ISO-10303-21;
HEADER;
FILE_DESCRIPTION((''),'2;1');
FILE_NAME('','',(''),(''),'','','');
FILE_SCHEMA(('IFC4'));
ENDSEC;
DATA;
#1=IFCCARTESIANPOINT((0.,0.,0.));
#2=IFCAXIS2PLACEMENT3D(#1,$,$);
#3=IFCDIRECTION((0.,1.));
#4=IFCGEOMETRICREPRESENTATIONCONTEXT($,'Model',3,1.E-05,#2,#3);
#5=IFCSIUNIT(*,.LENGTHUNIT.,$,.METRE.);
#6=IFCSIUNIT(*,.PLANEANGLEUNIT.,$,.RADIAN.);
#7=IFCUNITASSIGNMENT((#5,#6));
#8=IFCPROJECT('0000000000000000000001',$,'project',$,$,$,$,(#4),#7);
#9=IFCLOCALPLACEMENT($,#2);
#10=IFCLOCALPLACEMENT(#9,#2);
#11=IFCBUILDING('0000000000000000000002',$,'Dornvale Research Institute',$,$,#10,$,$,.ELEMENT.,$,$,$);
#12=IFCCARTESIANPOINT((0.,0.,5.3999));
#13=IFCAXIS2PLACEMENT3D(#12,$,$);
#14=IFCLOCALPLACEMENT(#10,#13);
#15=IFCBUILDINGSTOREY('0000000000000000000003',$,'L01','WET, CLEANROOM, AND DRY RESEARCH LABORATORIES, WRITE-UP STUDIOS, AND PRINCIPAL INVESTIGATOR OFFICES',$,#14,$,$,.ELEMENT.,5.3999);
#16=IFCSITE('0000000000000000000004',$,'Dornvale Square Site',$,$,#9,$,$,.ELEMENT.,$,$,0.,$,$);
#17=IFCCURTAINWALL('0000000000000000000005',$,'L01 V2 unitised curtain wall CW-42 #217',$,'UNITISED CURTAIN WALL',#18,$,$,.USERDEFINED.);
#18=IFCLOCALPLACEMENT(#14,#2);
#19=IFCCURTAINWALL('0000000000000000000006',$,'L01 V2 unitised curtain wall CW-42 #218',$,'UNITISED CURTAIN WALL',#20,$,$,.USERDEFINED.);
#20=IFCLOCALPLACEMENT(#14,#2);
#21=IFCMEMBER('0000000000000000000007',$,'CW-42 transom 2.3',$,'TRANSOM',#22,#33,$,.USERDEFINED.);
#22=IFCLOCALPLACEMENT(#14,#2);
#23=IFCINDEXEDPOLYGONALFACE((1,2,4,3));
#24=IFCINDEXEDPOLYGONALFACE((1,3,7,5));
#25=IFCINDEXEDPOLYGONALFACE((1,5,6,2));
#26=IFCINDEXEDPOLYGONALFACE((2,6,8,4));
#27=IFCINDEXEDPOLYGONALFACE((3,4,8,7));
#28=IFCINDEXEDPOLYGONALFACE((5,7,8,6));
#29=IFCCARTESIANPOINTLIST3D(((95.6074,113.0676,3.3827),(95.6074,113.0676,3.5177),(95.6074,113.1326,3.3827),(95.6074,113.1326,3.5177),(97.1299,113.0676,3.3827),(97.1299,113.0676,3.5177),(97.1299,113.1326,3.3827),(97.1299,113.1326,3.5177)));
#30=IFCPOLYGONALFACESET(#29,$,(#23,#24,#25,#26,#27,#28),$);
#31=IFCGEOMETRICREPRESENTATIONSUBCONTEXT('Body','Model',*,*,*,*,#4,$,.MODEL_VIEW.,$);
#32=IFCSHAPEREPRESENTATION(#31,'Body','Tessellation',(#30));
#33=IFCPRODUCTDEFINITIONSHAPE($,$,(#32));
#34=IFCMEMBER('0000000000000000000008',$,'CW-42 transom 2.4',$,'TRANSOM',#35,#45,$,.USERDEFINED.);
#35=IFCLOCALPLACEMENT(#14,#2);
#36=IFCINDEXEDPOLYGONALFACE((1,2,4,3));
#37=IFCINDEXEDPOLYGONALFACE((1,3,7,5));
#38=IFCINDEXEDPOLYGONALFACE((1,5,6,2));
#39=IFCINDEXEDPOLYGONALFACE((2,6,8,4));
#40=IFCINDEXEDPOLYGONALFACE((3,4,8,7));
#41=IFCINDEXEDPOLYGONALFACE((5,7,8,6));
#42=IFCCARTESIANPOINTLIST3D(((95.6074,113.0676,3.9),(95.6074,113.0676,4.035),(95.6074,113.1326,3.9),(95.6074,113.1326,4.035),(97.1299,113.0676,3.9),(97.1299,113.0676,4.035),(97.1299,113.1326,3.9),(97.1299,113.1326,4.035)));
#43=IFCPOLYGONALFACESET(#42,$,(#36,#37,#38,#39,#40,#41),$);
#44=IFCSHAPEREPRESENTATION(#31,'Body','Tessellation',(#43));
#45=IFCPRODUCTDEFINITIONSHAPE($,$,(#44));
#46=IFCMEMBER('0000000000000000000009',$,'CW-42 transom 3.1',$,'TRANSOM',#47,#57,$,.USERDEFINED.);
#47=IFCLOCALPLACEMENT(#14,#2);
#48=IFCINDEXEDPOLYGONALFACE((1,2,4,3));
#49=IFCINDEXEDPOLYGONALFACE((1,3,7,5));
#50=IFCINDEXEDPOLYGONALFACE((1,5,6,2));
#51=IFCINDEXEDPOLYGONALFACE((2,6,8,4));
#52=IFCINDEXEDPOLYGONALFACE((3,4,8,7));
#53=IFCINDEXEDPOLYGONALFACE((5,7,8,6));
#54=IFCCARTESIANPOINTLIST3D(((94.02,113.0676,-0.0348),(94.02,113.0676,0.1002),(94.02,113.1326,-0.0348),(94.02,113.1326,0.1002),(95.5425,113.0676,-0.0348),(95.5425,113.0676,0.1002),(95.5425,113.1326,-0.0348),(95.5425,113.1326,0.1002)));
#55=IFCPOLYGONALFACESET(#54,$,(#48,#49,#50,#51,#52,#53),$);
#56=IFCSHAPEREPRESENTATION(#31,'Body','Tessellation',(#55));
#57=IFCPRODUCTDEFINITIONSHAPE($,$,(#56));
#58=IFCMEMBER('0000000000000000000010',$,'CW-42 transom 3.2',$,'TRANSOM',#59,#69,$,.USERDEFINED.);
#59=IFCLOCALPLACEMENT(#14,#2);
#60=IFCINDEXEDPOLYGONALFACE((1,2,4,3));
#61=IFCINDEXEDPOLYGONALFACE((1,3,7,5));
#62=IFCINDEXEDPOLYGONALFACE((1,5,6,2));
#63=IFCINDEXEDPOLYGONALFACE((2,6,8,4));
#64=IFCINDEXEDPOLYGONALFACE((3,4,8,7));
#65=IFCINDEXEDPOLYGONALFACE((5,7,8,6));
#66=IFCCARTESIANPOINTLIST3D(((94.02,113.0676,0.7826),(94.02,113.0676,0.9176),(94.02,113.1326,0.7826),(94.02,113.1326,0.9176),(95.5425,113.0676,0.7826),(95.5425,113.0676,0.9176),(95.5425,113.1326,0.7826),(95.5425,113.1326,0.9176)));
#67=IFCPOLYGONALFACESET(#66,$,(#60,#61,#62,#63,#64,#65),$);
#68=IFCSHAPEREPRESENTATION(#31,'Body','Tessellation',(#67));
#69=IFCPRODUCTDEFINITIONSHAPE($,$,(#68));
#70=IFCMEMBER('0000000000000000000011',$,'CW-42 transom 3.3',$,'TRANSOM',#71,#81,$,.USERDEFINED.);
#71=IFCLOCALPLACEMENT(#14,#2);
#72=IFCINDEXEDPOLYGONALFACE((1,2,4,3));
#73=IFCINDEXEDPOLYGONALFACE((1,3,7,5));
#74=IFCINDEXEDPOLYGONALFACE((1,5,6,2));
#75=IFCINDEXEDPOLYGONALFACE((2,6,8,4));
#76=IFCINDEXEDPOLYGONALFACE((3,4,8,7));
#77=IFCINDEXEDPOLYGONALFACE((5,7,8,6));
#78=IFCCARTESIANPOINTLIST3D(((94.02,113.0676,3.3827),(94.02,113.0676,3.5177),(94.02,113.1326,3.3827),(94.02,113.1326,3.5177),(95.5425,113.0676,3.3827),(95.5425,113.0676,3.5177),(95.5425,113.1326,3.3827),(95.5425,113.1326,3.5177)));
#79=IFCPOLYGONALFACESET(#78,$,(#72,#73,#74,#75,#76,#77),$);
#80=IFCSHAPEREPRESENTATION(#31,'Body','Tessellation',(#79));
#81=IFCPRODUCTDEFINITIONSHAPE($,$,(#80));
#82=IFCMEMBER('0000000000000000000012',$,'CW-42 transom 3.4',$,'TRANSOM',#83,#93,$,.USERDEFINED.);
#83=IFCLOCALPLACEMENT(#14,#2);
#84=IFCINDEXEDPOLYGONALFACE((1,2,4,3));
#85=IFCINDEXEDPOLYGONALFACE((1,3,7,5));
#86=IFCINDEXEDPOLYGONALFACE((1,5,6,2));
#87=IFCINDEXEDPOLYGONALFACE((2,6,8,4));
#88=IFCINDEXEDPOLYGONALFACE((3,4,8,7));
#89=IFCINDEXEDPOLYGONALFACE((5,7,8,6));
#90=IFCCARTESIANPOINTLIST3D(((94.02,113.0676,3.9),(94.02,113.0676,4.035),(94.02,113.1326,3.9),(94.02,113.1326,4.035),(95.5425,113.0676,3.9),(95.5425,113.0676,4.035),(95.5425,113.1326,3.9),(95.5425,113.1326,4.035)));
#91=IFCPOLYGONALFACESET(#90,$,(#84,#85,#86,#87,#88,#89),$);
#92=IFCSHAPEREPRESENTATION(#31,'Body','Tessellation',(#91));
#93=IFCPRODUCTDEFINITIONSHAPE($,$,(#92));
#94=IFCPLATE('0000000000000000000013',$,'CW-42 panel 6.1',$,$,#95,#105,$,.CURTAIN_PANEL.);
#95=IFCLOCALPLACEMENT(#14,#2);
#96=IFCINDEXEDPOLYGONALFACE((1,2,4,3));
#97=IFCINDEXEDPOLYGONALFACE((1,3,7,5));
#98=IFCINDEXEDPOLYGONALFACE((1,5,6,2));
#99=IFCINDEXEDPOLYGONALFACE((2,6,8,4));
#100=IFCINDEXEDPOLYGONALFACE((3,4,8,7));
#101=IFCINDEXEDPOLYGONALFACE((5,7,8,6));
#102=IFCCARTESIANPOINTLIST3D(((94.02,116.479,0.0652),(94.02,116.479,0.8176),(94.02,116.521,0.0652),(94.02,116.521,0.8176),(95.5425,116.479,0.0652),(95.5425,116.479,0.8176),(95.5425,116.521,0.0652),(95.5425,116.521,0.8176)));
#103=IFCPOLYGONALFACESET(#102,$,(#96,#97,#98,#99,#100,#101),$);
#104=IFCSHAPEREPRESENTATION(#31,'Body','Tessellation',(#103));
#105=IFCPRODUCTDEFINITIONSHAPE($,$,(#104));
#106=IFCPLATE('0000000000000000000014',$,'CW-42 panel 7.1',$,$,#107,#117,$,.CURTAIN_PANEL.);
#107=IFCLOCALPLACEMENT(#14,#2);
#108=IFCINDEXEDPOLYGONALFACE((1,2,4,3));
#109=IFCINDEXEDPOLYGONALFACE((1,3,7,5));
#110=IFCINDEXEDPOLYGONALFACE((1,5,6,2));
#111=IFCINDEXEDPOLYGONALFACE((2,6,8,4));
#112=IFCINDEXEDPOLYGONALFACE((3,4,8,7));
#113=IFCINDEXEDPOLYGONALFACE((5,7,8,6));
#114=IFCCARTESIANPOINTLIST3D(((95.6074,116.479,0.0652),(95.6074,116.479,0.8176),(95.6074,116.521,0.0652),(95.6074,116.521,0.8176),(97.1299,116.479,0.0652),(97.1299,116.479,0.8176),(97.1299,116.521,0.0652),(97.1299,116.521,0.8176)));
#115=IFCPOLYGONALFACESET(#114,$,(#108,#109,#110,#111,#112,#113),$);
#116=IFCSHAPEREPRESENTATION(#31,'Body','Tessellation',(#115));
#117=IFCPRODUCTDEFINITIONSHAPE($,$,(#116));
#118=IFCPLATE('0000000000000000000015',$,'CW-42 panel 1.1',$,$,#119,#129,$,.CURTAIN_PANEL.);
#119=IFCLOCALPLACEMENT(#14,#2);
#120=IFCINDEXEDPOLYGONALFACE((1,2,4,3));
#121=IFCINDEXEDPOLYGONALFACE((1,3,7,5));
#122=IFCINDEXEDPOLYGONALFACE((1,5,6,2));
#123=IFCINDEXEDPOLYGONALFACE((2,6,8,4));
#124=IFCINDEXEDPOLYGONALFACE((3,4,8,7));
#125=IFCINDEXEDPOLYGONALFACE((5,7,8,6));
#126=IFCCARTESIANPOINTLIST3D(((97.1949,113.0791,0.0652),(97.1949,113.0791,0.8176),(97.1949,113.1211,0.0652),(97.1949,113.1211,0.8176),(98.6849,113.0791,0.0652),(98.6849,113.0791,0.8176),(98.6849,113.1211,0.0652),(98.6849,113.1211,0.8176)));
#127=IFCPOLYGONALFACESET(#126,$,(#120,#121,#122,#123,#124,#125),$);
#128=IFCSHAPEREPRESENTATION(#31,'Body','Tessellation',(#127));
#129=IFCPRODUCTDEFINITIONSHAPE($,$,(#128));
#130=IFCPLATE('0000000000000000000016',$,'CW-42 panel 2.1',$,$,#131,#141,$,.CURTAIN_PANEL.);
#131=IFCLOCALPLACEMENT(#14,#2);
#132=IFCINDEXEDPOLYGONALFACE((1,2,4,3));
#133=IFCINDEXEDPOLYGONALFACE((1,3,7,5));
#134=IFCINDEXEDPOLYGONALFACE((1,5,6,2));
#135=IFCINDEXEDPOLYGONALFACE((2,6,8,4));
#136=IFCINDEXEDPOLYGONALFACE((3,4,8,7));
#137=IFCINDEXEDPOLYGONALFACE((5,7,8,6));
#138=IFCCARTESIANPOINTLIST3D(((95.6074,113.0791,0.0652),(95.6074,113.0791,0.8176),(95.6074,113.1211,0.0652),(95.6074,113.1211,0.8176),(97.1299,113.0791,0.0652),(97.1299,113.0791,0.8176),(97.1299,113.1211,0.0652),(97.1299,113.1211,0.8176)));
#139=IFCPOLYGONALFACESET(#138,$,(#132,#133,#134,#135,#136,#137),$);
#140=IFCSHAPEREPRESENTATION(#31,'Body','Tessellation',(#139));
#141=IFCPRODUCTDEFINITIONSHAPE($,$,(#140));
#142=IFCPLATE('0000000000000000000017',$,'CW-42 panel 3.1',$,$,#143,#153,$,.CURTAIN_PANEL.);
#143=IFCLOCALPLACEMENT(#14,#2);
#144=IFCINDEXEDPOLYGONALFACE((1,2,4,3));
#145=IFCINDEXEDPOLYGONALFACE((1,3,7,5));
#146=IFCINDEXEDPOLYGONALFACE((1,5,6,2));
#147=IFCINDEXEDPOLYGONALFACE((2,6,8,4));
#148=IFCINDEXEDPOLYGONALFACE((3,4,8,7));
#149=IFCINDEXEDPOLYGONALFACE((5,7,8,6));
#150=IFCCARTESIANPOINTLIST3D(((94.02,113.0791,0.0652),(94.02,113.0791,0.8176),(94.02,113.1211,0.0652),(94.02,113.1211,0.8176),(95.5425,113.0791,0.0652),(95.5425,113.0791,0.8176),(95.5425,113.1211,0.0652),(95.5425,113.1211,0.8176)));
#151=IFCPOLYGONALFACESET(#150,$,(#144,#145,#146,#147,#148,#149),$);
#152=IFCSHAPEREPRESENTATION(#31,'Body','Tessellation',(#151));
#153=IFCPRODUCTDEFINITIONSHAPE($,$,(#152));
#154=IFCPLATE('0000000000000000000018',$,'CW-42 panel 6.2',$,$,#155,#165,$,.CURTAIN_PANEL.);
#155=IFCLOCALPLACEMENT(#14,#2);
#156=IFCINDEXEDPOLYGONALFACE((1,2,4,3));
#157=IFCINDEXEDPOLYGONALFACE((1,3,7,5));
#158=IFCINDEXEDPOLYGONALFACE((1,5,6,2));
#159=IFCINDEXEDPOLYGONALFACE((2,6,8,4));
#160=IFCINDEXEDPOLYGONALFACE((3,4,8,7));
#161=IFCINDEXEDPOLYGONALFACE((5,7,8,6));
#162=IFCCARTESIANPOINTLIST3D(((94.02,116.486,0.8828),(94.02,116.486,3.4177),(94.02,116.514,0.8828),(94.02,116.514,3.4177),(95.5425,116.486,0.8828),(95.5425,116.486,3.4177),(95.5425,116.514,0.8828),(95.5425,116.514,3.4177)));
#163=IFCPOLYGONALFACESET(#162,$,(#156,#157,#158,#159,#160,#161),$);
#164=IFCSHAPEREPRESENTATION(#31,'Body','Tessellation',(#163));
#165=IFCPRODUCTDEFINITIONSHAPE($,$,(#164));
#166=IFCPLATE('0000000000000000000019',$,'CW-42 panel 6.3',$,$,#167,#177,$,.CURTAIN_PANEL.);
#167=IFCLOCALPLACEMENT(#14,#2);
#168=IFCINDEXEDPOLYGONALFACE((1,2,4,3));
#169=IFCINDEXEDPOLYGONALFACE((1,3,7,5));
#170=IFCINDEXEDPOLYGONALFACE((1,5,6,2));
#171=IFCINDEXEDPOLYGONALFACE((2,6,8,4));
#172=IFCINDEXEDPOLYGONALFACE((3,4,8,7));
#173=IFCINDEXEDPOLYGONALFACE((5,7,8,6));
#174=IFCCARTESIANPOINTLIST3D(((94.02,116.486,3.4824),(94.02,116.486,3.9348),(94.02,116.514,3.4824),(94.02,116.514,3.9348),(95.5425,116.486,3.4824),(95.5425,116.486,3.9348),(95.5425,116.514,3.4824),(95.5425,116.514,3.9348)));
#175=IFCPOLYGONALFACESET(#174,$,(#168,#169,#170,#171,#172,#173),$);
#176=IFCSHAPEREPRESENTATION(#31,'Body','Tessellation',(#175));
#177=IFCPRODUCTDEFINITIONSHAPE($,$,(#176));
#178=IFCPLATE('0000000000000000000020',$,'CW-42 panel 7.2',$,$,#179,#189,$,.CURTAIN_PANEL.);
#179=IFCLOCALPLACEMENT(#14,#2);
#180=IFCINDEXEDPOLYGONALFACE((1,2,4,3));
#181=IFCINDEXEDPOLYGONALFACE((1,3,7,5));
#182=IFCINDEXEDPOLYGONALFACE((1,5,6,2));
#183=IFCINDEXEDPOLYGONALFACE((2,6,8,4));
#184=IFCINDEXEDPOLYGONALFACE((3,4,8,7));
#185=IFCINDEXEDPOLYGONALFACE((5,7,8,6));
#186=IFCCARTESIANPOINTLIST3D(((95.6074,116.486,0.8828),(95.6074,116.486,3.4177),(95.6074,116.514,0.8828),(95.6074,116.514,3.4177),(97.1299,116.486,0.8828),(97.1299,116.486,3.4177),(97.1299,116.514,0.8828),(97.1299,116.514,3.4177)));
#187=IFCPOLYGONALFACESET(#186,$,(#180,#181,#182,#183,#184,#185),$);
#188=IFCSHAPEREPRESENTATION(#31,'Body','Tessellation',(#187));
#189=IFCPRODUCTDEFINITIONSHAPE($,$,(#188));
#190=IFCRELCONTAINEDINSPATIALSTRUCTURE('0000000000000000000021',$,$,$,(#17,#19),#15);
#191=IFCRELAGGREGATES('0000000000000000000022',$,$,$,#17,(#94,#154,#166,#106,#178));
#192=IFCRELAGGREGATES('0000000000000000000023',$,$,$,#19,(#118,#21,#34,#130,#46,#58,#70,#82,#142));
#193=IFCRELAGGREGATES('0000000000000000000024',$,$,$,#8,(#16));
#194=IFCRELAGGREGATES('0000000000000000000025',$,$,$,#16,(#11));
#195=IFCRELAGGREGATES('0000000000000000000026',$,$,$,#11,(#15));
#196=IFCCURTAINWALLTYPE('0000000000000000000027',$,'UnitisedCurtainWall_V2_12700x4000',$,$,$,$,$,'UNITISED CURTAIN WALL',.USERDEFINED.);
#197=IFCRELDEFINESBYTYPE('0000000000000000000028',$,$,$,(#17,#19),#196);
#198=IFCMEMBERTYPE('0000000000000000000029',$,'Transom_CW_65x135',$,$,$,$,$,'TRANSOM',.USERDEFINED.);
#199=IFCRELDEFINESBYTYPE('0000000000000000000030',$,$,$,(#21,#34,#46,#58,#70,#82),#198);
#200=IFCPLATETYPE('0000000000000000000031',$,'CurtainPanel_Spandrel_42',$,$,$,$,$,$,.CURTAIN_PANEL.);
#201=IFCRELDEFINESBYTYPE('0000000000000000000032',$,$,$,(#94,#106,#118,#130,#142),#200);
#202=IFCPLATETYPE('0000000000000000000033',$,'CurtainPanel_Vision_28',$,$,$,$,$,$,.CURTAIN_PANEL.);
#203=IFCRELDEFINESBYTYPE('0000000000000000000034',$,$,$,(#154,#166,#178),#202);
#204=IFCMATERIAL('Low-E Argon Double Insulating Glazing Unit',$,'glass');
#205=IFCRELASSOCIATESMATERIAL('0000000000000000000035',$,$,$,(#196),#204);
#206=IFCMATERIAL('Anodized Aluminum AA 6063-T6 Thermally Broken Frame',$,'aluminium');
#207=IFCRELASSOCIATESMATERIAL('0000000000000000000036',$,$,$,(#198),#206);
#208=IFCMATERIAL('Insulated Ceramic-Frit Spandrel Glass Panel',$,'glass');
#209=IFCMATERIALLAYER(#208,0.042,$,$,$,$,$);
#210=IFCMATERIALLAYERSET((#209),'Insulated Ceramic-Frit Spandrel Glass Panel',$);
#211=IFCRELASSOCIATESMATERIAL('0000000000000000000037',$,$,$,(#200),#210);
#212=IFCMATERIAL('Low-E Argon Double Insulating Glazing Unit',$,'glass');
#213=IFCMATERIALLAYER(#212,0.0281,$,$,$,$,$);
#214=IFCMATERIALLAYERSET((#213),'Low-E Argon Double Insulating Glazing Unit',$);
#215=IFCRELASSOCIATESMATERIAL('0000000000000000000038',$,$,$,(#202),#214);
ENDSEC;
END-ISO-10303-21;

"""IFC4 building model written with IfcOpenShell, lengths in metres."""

from ifc_helpers import new_model, si_unit, direction, frame, origin, origin_2d, place, context, subcontext, project, spatial, rectangle, extrude, material, layer, layer_set, material_profile, profile_set, type_object, element, aggregate, save


model = new_model("IFC4")

# Units and contexts
model_context = context("Model", 3, precision=1e-05, world=origin(), true_north=direction((0.0, 1.0)))
body_context = subcontext(model_context, "Body", "Model", "MODEL_VIEW")
ifc_project = project(units=[si_unit("LENGTHUNIT", "METRE"), si_unit("PLANEANGLEUNIT", "RADIAN")], contexts=[model_context])

# Site, building, storey
site_placement = place(None, origin())
site = spatial("IfcSite", under=ifc_project, at=site_placement, Name="Dornvale Square Site", CompositionType="ELEMENT", RefElevation=0.0)
building_placement = place(site_placement, origin())
building = spatial("IfcBuilding", under=site, at=building_placement, Name="Dornvale Research Institute", CompositionType="ELEMENT")
storey_placement = place(building_placement, frame((0.0, 0.0, 5.3999)))
storey = spatial("IfcBuildingStorey", under=building, at=storey_placement, Name="L01", Description="WET, CLEANROOM, AND DRY RESEARCH LABORATORIES, WRITE-UP STUDIOS, AND PRINCIPAL INVESTIGATOR OFFICES", CompositionType="ELEMENT", Elevation=5.3999)

# Curtain walls
ifc_material_1 = material(Name="Low-E Argon Double Insulating Glazing Unit", Category="glass")
curtain_wall_type = type_object("IfcCurtainWallType", Name="UnitisedCurtainWall_V2_12700x4000", ElementType="UNITISED CURTAIN WALL", PredefinedType="USERDEFINED", material=ifc_material_1)
curtain_wall_1_placement = place(storey_placement, origin())
curtain_wall_1 = element("IfcCurtainWall", 1, at=curtain_wall_1_placement, inside=storey, type_object=curtain_wall_type, Name="L01 V2 unitised curtain wall CW-42 #217", ObjectType="UNITISED CURTAIN WALL", PredefinedType="USERDEFINED")
curtain_wall_2_placement = place(storey_placement, origin())
curtain_wall_2 = element("IfcCurtainWall", 2, at=curtain_wall_2_placement, inside=storey, type_object=curtain_wall_type, Name="L01 V2 unitised curtain wall CW-42 #218", ObjectType="UNITISED CURTAIN WALL", PredefinedType="USERDEFINED")

# Members
ifc_material_2 = material(Name="Anodized Aluminum AA 6063-T6 Thermally Broken Frame", Category="aluminium")
ifc_material_profile_1 = material_profile(ifc_material_2, rectangle(XDim=0.0649, YDim=0.135, at=origin_2d()), Name="ALU TRANSOM 65x135")
ifc_profile_set_1 = profile_set([ifc_material_profile_1], Name="Anodized Aluminum AA 6063-T6 Thermally Broken Frame")
member_type_1 = type_object("IfcMemberType", Name="Transom_CW_65x135", ElementType="TRANSOM", PredefinedType="USERDEFINED", material=ifc_profile_set_1)
member_1_placement = place(storey_placement, frame((97.1299, 113.1001, 3.4502), z_axis=(-1.0, 0.0, 0.0), x_axis=(0.0, -1.0, 0.0)))
member_1 = element("IfcMember", 3, at=member_1_placement, type_object=member_type_1, Name="CW-42 transom 2.3", ObjectType="TRANSOM", PredefinedType="USERDEFINED", context=body_context, shape_type="SweptSolid", body=[
    extrude(rectangle(XDim=0.0649, YDim=0.135, at=origin_2d()), origin(), (0.0, 0.0, 1.0), 1.5225),
])
member_2_placement = place(storey_placement, frame((97.1299, 113.1001, 3.9675), z_axis=(-1.0, 0.0, 0.0), x_axis=(0.0, -1.0, 0.0)))
member_2 = element("IfcMember", 4, at=member_2_placement, type_object=member_type_1, Name="CW-42 transom 2.4", ObjectType="TRANSOM", PredefinedType="USERDEFINED", context=body_context, shape_type="SweptSolid", body=[
    extrude(rectangle(XDim=0.0649, YDim=0.135, at=origin_2d()), origin(), (0.0, 0.0, 1.0), 1.5225),
])
member_3_placement = place(storey_placement, frame((95.5425, 113.1001, 0.0327), z_axis=(-1.0, 0.0, 0.0), x_axis=(0.0, -1.0, 0.0)))
member_3 = element("IfcMember", 5, at=member_3_placement, type_object=member_type_1, Name="CW-42 transom 3.1", ObjectType="TRANSOM", PredefinedType="USERDEFINED", context=body_context, shape_type="SweptSolid", body=[
    extrude(rectangle(XDim=0.0649, YDim=0.135, at=origin_2d()), origin(), (0.0, 0.0, 1.0), 1.5225),
])
member_4_placement = place(storey_placement, frame((95.5425, 113.1001, 0.8501), z_axis=(-1.0, 0.0, 0.0), x_axis=(0.0, -1.0, 0.0)))
member_4 = element("IfcMember", 6, at=member_4_placement, type_object=member_type_1, Name="CW-42 transom 3.2", ObjectType="TRANSOM", PredefinedType="USERDEFINED", context=body_context, shape_type="SweptSolid", body=[
    extrude(rectangle(XDim=0.0649, YDim=0.135, at=origin_2d()), origin(), (0.0, 0.0, 1.0), 1.5225),
])
member_5_placement = place(storey_placement, frame((95.5425, 113.1001, 3.4502), z_axis=(-1.0, 0.0, 0.0), x_axis=(0.0, -1.0, 0.0)))
member_5 = element("IfcMember", 7, at=member_5_placement, type_object=member_type_1, Name="CW-42 transom 3.3", ObjectType="TRANSOM", PredefinedType="USERDEFINED", context=body_context, shape_type="SweptSolid", body=[
    extrude(rectangle(XDim=0.0649, YDim=0.135, at=origin_2d()), origin(), (0.0, 0.0, 1.0), 1.5225),
])
member_6_placement = place(storey_placement, frame((95.5425, 113.1001, 3.9675), z_axis=(-1.0, 0.0, 0.0), x_axis=(0.0, -1.0, 0.0)))
member_6 = element("IfcMember", 8, at=member_6_placement, type_object=member_type_1, Name="CW-42 transom 3.4", ObjectType="TRANSOM", PredefinedType="USERDEFINED", context=body_context, shape_type="SweptSolid", body=[
    extrude(rectangle(XDim=0.0649, YDim=0.135, at=origin_2d()), origin(), (0.0, 0.0, 1.0), 1.5225),
])

# Plates
ifc_material_3 = material(Name="Insulated Ceramic-Frit Spandrel Glass Panel", Category="glass")
ifc_layer_1 = layer(ifc_material_3, 0.042)
ifc_layer_set_1 = layer_set([ifc_layer_1], Name="Insulated Ceramic-Frit Spandrel Glass Panel")
plate_type_1 = type_object("IfcPlateType", Name="CurtainPanel_Spandrel_42", PredefinedType="CURTAIN_PANEL", material=ifc_layer_set_1)
plate_1_placement = place(storey_placement, frame((94.7812, 116.5, 0.0652), z_axis=(0.0, 0.0, 1.0), x_axis=(1.0, 0.0, 0.0)))
plate_1 = element("IfcPlate", 9, at=plate_1_placement, type_object=plate_type_1, Name="CW-42 panel 6.1", PredefinedType="CURTAIN_PANEL", context=body_context, shape_type="SweptSolid", body=[
    extrude(rectangle(XDim=1.5225, YDim=0.042, at=origin_2d()), origin(), (0.0, 0.0, 1.0), 0.7524),
])
plate_2_placement = place(storey_placement, frame((96.3687, 116.5, 0.0652), z_axis=(0.0, 0.0, 1.0), x_axis=(1.0, 0.0, 0.0)))
plate_2 = element("IfcPlate", 10, at=plate_2_placement, type_object=plate_type_1, Name="CW-42 panel 7.1", PredefinedType="CURTAIN_PANEL", context=body_context, shape_type="SweptSolid", body=[
    extrude(rectangle(XDim=1.5225, YDim=0.042, at=origin_2d()), origin(), (0.0, 0.0, 1.0), 0.7524),
])
plate_3_placement = place(storey_placement, frame((97.9399, 113.1001, 0.0652), z_axis=(0.0, 0.0, 1.0), x_axis=(-1.0, 0.0, 0.0)))
plate_3 = element("IfcPlate", 11, at=plate_3_placement, type_object=plate_type_1, Name="CW-42 panel 1.1", PredefinedType="CURTAIN_PANEL", context=body_context, shape_type="SweptSolid", body=[
    extrude(rectangle(XDim=1.49, YDim=0.042, at=origin_2d()), origin(), (0.0, 0.0, 1.0), 0.7524),
])
plate_4_placement = place(storey_placement, frame((96.3687, 113.1001, 0.0652), z_axis=(0.0, 0.0, 1.0), x_axis=(-1.0, 0.0, 0.0)))
plate_4 = element("IfcPlate", 12, at=plate_4_placement, type_object=plate_type_1, Name="CW-42 panel 2.1", PredefinedType="CURTAIN_PANEL", context=body_context, shape_type="SweptSolid", body=[
    extrude(rectangle(XDim=1.5225, YDim=0.042, at=origin_2d()), origin(), (0.0, 0.0, 1.0), 0.7524),
])
plate_5_placement = place(storey_placement, frame((94.7812, 113.1001, 0.0652), z_axis=(0.0, 0.0, 1.0), x_axis=(-1.0, 0.0, 0.0)))
plate_5 = element("IfcPlate", 13, at=plate_5_placement, type_object=plate_type_1, Name="CW-42 panel 3.1", PredefinedType="CURTAIN_PANEL", context=body_context, shape_type="SweptSolid", body=[
    extrude(rectangle(XDim=1.5225, YDim=0.042, at=origin_2d()), origin(), (0.0, 0.0, 1.0), 0.7524),
])
ifc_material_4 = material(Name="Low-E Argon Double Insulating Glazing Unit", Category="glass")
ifc_layer_2 = layer(ifc_material_4, 0.0281)
ifc_layer_set_2 = layer_set([ifc_layer_2], Name="Low-E Argon Double Insulating Glazing Unit")
plate_type_2 = type_object("IfcPlateType", Name="CurtainPanel_Vision_28", PredefinedType="CURTAIN_PANEL", material=ifc_layer_set_2)
plate_6_placement = place(storey_placement, frame((94.7812, 116.5, 0.8828), z_axis=(0.0, 0.0, 1.0), x_axis=(1.0, 0.0, 0.0)))
plate_6 = element("IfcPlate", 14, at=plate_6_placement, type_object=plate_type_2, Name="CW-42 panel 6.2", PredefinedType="CURTAIN_PANEL", context=body_context, shape_type="SweptSolid", body=[
    extrude(rectangle(XDim=1.5225, YDim=0.0281, at=origin_2d()), origin(), (0.0, 0.0, 1.0), 2.5349),
])
plate_7_placement = place(storey_placement, frame((94.7812, 116.5, 3.4824), z_axis=(0.0, 0.0, 1.0), x_axis=(1.0, 0.0, 0.0)))
plate_7 = element("IfcPlate", 15, at=plate_7_placement, type_object=plate_type_2, Name="CW-42 panel 6.3", PredefinedType="CURTAIN_PANEL", context=body_context, shape_type="SweptSolid", body=[
    extrude(rectangle(XDim=1.5225, YDim=0.0281, at=origin_2d()), origin(), (0.0, 0.0, 1.0), 0.4524),
])
plate_8_placement = place(storey_placement, frame((96.3687, 116.5, 0.8828), z_axis=(0.0, 0.0, 1.0), x_axis=(1.0, 0.0, 0.0)))
plate_8 = element("IfcPlate", 16, at=plate_8_placement, type_object=plate_type_2, Name="CW-42 panel 7.2", PredefinedType="CURTAIN_PANEL", context=body_context, shape_type="SweptSolid", body=[
    extrude(rectangle(XDim=1.5225, YDim=0.0281, at=origin_2d()), origin(), (0.0, 0.0, 1.0), 2.5349),
])
aggregate(curtain_wall_1, [plate_1, plate_6, plate_7, plate_2, plate_8])
aggregate(curtain_wall_2, [plate_3, member_1, member_2, plate_4, member_3, member_4, member_5, member_6, plate_5])

save(model, "model.ifc")
